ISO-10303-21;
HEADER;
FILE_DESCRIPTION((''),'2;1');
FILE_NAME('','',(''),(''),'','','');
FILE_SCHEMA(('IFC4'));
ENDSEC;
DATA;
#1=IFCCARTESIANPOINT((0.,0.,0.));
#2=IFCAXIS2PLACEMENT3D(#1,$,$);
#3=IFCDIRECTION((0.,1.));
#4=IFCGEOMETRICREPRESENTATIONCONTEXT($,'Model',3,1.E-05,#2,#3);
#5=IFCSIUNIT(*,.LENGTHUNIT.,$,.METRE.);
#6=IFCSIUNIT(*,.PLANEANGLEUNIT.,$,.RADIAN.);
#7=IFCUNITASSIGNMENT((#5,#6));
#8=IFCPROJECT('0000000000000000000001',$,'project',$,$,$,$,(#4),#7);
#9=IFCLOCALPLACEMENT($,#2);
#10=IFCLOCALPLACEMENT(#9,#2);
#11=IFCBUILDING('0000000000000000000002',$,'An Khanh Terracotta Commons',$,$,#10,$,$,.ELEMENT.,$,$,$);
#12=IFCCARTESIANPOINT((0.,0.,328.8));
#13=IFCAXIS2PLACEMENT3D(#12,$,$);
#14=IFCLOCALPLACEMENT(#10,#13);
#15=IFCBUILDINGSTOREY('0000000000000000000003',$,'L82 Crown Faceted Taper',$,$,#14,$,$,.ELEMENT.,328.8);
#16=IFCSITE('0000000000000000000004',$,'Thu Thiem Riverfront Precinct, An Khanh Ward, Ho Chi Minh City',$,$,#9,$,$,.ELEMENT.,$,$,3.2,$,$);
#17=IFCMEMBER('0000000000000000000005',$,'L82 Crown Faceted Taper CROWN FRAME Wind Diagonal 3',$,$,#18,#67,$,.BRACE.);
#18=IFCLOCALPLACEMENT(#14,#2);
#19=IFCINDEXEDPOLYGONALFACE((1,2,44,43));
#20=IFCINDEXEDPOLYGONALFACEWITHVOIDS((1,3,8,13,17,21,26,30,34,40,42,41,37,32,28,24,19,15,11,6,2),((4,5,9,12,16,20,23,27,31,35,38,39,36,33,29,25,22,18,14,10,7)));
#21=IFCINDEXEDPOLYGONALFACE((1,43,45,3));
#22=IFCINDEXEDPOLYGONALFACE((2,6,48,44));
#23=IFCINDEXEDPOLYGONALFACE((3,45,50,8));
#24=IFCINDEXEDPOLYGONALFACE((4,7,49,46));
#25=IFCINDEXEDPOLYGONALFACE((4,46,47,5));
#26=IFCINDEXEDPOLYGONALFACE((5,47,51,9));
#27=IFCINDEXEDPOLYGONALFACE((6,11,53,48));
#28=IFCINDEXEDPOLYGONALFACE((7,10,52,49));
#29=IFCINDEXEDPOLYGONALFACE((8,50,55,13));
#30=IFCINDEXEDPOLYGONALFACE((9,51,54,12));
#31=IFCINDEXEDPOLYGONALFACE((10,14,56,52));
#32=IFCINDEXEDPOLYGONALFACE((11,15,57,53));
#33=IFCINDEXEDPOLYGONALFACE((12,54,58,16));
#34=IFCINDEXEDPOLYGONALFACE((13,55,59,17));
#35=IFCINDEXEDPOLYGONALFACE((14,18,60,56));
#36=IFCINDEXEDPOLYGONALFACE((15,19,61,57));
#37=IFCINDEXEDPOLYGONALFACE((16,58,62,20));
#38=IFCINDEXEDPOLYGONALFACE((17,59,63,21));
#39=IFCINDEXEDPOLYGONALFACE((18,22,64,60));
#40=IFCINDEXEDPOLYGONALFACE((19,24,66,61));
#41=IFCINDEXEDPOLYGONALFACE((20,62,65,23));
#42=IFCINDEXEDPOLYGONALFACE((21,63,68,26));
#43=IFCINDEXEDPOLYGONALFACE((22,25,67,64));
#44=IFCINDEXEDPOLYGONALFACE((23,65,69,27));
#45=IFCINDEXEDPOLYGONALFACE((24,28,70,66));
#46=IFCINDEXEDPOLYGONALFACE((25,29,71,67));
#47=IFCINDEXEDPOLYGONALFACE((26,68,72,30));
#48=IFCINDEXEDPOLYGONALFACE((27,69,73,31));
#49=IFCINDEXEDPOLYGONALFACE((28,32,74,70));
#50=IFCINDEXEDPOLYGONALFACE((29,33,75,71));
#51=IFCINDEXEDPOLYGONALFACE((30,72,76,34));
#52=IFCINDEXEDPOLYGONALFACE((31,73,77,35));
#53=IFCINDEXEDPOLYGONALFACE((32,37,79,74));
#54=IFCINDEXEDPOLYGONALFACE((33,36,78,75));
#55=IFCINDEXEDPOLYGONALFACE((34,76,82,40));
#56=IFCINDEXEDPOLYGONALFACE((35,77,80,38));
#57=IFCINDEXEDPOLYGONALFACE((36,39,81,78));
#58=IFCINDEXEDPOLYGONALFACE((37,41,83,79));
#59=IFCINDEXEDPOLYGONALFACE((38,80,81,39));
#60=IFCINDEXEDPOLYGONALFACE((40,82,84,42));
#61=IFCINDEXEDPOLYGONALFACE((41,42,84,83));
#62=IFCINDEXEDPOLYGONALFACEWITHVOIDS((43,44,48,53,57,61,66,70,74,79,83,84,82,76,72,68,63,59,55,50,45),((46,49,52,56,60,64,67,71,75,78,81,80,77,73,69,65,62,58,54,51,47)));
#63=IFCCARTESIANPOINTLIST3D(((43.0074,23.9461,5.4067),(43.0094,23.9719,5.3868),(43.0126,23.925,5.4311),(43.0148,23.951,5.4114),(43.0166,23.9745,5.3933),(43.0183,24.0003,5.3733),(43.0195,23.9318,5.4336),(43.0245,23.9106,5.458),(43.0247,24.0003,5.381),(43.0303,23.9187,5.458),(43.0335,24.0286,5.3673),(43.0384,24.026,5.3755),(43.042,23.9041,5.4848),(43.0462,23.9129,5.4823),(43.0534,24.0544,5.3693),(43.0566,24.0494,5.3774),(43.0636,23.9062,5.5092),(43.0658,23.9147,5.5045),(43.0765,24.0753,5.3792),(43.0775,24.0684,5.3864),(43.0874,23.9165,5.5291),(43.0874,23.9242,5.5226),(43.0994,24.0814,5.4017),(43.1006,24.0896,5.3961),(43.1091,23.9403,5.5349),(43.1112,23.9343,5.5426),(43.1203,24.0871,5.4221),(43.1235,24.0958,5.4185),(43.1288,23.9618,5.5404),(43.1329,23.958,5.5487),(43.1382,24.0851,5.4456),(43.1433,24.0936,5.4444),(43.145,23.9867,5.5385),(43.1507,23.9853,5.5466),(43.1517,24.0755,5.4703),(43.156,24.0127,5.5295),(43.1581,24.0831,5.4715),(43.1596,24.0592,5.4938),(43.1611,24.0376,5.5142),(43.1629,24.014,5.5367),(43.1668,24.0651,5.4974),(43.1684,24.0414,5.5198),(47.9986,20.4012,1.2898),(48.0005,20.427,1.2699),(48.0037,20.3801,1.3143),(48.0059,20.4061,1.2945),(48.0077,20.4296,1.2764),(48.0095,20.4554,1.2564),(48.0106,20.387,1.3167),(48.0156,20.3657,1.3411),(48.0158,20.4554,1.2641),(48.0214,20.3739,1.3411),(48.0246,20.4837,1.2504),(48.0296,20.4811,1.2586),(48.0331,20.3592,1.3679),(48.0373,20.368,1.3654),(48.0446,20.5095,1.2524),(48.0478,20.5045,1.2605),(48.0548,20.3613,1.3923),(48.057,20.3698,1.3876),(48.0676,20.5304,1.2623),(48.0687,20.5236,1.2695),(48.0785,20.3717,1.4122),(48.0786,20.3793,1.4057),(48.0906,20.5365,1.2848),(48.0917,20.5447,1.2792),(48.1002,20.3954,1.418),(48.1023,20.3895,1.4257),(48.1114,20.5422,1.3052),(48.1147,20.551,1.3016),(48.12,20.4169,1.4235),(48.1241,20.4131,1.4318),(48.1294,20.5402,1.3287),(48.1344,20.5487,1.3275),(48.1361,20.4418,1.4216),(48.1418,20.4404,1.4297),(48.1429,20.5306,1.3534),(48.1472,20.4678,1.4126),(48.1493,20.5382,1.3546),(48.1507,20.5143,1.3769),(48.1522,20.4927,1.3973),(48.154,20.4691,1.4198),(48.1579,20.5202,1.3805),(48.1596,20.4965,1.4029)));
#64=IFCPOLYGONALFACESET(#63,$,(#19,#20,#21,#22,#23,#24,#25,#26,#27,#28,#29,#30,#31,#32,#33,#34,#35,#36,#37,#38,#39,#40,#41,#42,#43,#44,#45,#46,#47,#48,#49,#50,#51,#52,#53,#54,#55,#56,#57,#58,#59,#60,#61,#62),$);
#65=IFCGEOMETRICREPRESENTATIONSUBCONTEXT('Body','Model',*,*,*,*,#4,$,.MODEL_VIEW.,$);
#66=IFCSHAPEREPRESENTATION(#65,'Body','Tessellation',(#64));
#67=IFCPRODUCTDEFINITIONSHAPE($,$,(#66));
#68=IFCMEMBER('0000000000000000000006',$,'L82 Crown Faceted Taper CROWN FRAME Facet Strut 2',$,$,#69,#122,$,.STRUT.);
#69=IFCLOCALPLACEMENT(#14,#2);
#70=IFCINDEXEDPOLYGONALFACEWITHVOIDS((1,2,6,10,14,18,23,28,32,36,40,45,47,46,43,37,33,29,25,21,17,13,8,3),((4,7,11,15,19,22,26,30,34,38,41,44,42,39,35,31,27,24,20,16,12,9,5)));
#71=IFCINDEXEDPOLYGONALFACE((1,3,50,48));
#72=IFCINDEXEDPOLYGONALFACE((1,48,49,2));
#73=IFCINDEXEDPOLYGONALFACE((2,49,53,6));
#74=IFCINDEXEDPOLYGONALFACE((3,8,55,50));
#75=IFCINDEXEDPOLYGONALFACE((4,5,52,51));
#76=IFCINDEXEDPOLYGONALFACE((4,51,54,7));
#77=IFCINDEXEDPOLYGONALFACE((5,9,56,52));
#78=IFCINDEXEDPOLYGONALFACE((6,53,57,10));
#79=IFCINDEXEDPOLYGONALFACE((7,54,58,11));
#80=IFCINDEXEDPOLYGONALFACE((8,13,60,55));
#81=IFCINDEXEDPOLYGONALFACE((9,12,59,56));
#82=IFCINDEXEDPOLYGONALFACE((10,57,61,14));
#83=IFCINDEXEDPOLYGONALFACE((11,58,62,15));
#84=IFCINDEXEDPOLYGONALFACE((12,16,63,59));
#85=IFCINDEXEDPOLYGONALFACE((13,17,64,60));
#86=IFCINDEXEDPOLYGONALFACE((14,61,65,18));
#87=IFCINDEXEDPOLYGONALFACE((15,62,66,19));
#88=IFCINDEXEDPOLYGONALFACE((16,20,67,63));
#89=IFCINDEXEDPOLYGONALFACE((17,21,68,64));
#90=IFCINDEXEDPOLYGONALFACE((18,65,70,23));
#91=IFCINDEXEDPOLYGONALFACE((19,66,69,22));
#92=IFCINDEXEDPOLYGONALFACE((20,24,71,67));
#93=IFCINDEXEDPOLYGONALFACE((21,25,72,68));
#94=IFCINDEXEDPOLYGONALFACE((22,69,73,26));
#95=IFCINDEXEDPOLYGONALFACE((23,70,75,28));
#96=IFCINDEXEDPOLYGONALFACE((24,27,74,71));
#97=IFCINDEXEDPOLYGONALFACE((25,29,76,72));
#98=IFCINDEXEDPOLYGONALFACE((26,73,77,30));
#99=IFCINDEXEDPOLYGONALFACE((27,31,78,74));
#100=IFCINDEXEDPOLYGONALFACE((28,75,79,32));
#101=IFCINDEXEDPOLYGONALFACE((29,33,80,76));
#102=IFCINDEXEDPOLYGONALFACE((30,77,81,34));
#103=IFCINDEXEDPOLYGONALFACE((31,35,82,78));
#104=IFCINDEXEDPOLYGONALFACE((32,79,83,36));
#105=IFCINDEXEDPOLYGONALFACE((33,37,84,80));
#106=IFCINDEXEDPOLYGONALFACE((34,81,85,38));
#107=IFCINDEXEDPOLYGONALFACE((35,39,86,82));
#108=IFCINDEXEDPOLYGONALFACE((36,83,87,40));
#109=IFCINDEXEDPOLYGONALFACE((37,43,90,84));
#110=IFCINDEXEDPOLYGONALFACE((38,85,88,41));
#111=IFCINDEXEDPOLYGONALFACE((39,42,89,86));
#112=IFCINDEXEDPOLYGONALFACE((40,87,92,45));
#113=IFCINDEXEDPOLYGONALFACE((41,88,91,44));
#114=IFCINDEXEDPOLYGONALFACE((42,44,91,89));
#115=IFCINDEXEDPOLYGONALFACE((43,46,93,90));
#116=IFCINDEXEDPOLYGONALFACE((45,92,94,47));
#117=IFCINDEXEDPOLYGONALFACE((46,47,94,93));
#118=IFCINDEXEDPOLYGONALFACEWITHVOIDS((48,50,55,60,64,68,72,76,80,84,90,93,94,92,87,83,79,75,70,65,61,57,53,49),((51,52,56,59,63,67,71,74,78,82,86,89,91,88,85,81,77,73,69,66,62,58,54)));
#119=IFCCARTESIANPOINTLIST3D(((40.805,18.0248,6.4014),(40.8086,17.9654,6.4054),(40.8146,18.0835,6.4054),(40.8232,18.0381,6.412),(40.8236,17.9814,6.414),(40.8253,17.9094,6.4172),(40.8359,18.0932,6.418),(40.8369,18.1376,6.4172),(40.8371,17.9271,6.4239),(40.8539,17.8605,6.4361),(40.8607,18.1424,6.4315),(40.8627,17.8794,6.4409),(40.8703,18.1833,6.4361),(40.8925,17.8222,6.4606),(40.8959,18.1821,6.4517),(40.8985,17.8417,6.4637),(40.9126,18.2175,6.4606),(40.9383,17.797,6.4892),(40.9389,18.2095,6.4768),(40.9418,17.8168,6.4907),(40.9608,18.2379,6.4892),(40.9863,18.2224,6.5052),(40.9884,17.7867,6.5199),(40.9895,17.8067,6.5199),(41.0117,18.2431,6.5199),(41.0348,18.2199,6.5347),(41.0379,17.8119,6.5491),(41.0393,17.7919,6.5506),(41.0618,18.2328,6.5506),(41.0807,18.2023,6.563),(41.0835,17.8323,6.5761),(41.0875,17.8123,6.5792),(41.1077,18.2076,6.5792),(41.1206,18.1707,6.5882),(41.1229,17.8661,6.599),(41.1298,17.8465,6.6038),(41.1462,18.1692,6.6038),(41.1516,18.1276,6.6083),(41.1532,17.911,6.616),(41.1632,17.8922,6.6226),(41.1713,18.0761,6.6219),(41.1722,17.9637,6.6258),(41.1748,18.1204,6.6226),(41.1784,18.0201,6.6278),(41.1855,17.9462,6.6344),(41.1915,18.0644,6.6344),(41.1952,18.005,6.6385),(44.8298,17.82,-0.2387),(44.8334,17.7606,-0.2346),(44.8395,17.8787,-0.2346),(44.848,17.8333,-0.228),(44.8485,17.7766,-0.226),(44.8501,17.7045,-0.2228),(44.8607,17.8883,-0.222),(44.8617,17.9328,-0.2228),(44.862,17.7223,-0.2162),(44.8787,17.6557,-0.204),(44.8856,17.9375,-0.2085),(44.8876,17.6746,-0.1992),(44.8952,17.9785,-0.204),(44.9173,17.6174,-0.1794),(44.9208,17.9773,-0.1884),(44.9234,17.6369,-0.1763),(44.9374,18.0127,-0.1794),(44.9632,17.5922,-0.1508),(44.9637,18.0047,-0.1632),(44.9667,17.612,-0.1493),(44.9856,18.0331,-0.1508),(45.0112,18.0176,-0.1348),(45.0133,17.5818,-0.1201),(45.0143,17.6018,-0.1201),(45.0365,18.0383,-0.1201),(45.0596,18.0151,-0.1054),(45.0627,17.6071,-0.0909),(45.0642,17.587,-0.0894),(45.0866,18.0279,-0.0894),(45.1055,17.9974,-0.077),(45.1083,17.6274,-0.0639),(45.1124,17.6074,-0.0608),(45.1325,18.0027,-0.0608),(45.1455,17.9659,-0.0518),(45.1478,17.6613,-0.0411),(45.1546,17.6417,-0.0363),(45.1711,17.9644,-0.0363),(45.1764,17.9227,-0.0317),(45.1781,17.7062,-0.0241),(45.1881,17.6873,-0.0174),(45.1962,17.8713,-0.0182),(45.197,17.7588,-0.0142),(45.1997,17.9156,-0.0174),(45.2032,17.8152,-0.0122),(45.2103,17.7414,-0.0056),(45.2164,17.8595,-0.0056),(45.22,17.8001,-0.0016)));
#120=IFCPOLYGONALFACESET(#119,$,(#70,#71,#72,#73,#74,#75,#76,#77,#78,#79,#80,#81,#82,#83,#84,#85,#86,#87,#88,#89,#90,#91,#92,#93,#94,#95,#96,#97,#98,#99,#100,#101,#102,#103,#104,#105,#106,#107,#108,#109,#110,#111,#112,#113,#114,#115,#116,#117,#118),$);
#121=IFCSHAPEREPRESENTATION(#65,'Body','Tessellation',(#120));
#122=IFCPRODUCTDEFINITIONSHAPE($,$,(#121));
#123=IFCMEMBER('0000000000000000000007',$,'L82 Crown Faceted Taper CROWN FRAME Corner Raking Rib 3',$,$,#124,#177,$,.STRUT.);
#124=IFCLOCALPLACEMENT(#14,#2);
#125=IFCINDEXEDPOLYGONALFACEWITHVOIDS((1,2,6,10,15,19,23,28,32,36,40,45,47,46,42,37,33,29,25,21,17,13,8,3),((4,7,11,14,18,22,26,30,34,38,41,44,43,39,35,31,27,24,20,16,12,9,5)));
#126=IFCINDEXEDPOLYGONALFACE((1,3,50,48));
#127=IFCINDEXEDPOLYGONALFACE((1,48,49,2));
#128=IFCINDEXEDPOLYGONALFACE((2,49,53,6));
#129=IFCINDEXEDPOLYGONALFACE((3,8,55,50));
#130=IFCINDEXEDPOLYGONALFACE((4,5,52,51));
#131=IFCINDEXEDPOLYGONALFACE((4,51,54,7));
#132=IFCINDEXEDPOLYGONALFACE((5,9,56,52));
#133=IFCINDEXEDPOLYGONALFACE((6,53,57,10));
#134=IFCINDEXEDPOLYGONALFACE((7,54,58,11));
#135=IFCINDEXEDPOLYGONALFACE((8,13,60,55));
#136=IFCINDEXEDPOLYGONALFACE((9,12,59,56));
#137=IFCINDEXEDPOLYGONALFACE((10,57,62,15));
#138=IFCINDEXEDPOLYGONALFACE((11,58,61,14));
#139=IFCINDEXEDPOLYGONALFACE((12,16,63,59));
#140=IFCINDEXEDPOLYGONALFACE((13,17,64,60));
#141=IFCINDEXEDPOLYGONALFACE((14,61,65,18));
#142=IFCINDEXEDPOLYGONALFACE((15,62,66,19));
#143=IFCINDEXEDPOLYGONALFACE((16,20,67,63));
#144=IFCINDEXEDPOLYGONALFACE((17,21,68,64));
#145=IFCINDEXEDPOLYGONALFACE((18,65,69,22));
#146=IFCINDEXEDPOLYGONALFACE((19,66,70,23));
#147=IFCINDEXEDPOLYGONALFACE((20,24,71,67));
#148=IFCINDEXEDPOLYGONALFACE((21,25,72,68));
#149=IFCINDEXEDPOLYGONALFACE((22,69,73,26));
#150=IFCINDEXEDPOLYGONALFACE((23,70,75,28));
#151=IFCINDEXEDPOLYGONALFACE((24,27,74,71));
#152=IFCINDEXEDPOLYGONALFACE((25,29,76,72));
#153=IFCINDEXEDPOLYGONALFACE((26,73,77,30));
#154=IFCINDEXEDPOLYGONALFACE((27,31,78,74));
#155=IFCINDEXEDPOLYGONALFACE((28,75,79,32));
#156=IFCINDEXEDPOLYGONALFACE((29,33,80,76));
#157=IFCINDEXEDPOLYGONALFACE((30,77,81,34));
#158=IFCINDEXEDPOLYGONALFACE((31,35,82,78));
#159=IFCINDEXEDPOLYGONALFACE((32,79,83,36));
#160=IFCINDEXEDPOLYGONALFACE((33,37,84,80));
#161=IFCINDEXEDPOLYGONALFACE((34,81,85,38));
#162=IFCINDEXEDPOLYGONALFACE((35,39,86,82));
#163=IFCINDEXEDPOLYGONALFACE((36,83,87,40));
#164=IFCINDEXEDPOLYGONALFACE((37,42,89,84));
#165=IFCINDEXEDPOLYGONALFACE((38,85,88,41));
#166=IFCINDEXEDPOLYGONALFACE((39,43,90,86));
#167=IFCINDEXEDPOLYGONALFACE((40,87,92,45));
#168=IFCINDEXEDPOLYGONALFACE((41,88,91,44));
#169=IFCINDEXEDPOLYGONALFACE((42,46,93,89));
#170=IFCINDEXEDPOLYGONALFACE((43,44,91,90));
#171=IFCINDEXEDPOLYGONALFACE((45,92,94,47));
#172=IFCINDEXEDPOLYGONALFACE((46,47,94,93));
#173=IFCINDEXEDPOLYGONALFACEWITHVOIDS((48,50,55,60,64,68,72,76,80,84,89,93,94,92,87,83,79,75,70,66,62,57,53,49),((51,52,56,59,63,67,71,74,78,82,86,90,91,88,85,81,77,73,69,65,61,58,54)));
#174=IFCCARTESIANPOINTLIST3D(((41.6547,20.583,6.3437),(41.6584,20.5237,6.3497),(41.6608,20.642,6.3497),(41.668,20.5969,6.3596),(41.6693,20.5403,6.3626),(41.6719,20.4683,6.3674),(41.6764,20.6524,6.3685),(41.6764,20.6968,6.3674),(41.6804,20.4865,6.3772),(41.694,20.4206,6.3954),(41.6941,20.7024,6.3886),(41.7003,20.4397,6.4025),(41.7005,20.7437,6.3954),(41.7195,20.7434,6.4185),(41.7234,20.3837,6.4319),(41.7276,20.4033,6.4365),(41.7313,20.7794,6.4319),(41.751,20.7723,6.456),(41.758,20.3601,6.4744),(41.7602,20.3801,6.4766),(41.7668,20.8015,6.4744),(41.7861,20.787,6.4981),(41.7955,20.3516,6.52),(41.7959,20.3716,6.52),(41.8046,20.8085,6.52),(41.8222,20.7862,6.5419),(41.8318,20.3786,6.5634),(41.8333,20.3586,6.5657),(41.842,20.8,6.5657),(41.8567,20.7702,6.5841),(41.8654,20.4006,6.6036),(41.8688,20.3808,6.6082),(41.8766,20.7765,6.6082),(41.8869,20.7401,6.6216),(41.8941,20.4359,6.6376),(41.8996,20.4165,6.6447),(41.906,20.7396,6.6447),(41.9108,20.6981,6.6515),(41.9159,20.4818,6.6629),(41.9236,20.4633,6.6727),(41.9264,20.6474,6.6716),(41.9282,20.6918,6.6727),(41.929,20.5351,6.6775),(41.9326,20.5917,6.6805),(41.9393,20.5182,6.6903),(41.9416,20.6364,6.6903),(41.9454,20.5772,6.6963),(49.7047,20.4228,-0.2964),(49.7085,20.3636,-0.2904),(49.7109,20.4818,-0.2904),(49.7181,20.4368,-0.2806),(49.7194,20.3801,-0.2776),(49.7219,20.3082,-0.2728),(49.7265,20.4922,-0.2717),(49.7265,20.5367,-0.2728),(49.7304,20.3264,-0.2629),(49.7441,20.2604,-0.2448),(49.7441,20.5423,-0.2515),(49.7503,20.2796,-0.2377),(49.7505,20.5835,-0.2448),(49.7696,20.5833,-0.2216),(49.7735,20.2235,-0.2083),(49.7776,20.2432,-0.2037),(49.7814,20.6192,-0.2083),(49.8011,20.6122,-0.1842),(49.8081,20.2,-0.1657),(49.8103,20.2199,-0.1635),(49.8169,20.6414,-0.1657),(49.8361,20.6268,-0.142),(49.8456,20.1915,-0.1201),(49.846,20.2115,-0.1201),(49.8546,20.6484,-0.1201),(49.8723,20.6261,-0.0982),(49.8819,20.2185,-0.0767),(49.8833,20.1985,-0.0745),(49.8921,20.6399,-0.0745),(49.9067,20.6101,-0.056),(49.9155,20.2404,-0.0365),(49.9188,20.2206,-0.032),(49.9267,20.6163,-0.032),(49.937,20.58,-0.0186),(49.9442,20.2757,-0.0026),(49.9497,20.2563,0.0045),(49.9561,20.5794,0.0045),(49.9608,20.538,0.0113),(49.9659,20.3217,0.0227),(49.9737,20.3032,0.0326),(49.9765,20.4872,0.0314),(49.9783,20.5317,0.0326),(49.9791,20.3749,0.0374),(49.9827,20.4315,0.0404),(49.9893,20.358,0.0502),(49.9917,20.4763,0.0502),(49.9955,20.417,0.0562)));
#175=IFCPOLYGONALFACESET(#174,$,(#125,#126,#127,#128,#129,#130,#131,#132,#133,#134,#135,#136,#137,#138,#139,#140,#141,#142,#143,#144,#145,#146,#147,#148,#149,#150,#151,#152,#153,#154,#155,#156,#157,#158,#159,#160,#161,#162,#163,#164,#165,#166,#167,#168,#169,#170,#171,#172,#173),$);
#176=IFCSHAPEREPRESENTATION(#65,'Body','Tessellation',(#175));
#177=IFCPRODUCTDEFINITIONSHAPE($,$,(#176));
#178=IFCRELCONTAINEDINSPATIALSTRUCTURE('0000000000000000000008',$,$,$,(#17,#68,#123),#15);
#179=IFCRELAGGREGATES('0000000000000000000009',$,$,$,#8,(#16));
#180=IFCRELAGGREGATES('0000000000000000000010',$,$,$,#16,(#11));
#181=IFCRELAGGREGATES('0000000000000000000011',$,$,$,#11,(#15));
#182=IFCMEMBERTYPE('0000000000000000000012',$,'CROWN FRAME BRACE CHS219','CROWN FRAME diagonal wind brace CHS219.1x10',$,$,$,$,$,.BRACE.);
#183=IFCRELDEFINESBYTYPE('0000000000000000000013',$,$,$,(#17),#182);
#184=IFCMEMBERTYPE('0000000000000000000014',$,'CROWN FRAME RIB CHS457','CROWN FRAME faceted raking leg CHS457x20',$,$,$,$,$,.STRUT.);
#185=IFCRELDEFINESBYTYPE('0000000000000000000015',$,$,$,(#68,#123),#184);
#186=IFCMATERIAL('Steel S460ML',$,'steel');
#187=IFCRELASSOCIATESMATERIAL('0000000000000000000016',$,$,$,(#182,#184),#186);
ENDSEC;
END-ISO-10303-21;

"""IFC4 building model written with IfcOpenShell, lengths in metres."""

from ifc_helpers import new_model, si_unit, direction, frame, origin, origin_2d, place, context, subcontext, project, spatial, hollow_circle, extrude, material, material_profile, profile_set, type_object, element, save


model = new_model("IFC4")

# Units and contexts
model_context = context("Model", 3, precision=1e-05, world=origin(), true_north=direction((0.0, 1.0)))
body_context = subcontext(model_context, "Body", "Model", "MODEL_VIEW")
ifc_project = project(units=[si_unit("LENGTHUNIT", "METRE"), si_unit("PLANEANGLEUNIT", "RADIAN")], contexts=[model_context])

# Site, building, storey
site_placement = place(None, origin())
site = spatial("IfcSite", under=ifc_project, at=site_placement, Name="Thu Thiem Riverfront Precinct, An Khanh Ward, Ho Chi Minh City", CompositionType="ELEMENT", RefElevation=3.2)
building_placement = place(site_placement, origin())
building = spatial("IfcBuilding", under=site, at=building_placement, Name="An Khanh Terracotta Commons", CompositionType="ELEMENT")
storey_placement = place(building_placement, frame((0.0, 0.0, 328.8)))
storey = spatial("IfcBuildingStorey", under=building, at=storey_placement, Name="L82 Crown Faceted Taper", CompositionType="ELEMENT", Elevation=328.8)

# Members
ifc_material_1 = material(Name="Steel S460ML", Category="steel")
ifc_material_profile_1 = material_profile(ifc_material_1, hollow_circle(Radius=0.1096, WallThickness=0.01, at=origin_2d()), Name="CHS219.1x10")
ifc_profile_set_1 = profile_set([ifc_material_profile_1], Name="Steel S460ML")
member_type_1 = type_object("IfcMemberType", Name="CROWN FRAME BRACE CHS219", Description="CROWN FRAME diagonal wind brace CHS219.1x10", PredefinedType="BRACE", material=ifc_profile_set_1)
member_1_placement = place(storey_placement, frame((48.0791, 20.4551, 1.3411), z_axis=(-0.676543, 0.480503, 0.558039), x_axis=(-0.579048, -0.815293, 0.0)))
element("IfcMember", 1, at=member_1_placement, inside=storey, type_object=member_type_1, Name="L82 Crown Faceted Taper CROWN FRAME Wind Diagonal 3", PredefinedType="BRACE", context=body_context, shape_type="SweptSolid", body=[
    extrude(hollow_circle(Radius=0.1096, WallThickness=0.01, at=origin_2d()), origin(), (0.0, 0.0, 1.0), 7.3774),
])
ifc_material_profile_2 = material_profile(ifc_material_1, hollow_circle(Radius=0.2285, WallThickness=0.02, at=origin_2d()), Name="CHS457x20")
ifc_profile_set_2 = profile_set([ifc_material_profile_2], Name="Steel S460ML")
member_type_2 = type_object("IfcMemberType", Name="CROWN FRAME RIB CHS457", Description="CROWN FRAME faceted raking leg CHS457x20", PredefinedType="STRUT", material=ifc_profile_set_2)
member_2_placement = place(storey_placement, frame((45.0249, 17.8101, -0.1201), z_axis=(-0.518176, 0.026371, 0.854867), x_axis=(-0.050826, -0.998708, 0.0)))
element("IfcMember", 2, at=member_2_placement, inside=storey, type_object=member_type_2, Name="L82 Crown Faceted Taper CROWN FRAME Facet Strut 2", PredefinedType="STRUT", context=body_context, shape_type="SweptSolid", body=[
    extrude(hollow_circle(Radius=0.2285, WallThickness=0.02, at=origin_2d()), origin(), (0.0, 0.0, 1.0), 7.7673),
])
member_3_placement = place(storey_placement, frame((49.8501, 20.4199, -0.1201), z_axis=(-0.771337, 0.015346, 0.636242), x_axis=(-0.019891, -0.999802, 0.0)))
element("IfcMember", 3, at=member_3_placement, inside=storey, type_object=member_type_2, Name="L82 Crown Faceted Taper CROWN FRAME Corner Raking Rib 3", PredefinedType="STRUT", context=body_context, shape_type="SweptSolid", body=[
    extrude(hollow_circle(Radius=0.2285, WallThickness=0.02, at=origin_2d()), origin(), (0.0, 0.0, 1.0), 10.4365),
])

save(model, "model.ifc")
